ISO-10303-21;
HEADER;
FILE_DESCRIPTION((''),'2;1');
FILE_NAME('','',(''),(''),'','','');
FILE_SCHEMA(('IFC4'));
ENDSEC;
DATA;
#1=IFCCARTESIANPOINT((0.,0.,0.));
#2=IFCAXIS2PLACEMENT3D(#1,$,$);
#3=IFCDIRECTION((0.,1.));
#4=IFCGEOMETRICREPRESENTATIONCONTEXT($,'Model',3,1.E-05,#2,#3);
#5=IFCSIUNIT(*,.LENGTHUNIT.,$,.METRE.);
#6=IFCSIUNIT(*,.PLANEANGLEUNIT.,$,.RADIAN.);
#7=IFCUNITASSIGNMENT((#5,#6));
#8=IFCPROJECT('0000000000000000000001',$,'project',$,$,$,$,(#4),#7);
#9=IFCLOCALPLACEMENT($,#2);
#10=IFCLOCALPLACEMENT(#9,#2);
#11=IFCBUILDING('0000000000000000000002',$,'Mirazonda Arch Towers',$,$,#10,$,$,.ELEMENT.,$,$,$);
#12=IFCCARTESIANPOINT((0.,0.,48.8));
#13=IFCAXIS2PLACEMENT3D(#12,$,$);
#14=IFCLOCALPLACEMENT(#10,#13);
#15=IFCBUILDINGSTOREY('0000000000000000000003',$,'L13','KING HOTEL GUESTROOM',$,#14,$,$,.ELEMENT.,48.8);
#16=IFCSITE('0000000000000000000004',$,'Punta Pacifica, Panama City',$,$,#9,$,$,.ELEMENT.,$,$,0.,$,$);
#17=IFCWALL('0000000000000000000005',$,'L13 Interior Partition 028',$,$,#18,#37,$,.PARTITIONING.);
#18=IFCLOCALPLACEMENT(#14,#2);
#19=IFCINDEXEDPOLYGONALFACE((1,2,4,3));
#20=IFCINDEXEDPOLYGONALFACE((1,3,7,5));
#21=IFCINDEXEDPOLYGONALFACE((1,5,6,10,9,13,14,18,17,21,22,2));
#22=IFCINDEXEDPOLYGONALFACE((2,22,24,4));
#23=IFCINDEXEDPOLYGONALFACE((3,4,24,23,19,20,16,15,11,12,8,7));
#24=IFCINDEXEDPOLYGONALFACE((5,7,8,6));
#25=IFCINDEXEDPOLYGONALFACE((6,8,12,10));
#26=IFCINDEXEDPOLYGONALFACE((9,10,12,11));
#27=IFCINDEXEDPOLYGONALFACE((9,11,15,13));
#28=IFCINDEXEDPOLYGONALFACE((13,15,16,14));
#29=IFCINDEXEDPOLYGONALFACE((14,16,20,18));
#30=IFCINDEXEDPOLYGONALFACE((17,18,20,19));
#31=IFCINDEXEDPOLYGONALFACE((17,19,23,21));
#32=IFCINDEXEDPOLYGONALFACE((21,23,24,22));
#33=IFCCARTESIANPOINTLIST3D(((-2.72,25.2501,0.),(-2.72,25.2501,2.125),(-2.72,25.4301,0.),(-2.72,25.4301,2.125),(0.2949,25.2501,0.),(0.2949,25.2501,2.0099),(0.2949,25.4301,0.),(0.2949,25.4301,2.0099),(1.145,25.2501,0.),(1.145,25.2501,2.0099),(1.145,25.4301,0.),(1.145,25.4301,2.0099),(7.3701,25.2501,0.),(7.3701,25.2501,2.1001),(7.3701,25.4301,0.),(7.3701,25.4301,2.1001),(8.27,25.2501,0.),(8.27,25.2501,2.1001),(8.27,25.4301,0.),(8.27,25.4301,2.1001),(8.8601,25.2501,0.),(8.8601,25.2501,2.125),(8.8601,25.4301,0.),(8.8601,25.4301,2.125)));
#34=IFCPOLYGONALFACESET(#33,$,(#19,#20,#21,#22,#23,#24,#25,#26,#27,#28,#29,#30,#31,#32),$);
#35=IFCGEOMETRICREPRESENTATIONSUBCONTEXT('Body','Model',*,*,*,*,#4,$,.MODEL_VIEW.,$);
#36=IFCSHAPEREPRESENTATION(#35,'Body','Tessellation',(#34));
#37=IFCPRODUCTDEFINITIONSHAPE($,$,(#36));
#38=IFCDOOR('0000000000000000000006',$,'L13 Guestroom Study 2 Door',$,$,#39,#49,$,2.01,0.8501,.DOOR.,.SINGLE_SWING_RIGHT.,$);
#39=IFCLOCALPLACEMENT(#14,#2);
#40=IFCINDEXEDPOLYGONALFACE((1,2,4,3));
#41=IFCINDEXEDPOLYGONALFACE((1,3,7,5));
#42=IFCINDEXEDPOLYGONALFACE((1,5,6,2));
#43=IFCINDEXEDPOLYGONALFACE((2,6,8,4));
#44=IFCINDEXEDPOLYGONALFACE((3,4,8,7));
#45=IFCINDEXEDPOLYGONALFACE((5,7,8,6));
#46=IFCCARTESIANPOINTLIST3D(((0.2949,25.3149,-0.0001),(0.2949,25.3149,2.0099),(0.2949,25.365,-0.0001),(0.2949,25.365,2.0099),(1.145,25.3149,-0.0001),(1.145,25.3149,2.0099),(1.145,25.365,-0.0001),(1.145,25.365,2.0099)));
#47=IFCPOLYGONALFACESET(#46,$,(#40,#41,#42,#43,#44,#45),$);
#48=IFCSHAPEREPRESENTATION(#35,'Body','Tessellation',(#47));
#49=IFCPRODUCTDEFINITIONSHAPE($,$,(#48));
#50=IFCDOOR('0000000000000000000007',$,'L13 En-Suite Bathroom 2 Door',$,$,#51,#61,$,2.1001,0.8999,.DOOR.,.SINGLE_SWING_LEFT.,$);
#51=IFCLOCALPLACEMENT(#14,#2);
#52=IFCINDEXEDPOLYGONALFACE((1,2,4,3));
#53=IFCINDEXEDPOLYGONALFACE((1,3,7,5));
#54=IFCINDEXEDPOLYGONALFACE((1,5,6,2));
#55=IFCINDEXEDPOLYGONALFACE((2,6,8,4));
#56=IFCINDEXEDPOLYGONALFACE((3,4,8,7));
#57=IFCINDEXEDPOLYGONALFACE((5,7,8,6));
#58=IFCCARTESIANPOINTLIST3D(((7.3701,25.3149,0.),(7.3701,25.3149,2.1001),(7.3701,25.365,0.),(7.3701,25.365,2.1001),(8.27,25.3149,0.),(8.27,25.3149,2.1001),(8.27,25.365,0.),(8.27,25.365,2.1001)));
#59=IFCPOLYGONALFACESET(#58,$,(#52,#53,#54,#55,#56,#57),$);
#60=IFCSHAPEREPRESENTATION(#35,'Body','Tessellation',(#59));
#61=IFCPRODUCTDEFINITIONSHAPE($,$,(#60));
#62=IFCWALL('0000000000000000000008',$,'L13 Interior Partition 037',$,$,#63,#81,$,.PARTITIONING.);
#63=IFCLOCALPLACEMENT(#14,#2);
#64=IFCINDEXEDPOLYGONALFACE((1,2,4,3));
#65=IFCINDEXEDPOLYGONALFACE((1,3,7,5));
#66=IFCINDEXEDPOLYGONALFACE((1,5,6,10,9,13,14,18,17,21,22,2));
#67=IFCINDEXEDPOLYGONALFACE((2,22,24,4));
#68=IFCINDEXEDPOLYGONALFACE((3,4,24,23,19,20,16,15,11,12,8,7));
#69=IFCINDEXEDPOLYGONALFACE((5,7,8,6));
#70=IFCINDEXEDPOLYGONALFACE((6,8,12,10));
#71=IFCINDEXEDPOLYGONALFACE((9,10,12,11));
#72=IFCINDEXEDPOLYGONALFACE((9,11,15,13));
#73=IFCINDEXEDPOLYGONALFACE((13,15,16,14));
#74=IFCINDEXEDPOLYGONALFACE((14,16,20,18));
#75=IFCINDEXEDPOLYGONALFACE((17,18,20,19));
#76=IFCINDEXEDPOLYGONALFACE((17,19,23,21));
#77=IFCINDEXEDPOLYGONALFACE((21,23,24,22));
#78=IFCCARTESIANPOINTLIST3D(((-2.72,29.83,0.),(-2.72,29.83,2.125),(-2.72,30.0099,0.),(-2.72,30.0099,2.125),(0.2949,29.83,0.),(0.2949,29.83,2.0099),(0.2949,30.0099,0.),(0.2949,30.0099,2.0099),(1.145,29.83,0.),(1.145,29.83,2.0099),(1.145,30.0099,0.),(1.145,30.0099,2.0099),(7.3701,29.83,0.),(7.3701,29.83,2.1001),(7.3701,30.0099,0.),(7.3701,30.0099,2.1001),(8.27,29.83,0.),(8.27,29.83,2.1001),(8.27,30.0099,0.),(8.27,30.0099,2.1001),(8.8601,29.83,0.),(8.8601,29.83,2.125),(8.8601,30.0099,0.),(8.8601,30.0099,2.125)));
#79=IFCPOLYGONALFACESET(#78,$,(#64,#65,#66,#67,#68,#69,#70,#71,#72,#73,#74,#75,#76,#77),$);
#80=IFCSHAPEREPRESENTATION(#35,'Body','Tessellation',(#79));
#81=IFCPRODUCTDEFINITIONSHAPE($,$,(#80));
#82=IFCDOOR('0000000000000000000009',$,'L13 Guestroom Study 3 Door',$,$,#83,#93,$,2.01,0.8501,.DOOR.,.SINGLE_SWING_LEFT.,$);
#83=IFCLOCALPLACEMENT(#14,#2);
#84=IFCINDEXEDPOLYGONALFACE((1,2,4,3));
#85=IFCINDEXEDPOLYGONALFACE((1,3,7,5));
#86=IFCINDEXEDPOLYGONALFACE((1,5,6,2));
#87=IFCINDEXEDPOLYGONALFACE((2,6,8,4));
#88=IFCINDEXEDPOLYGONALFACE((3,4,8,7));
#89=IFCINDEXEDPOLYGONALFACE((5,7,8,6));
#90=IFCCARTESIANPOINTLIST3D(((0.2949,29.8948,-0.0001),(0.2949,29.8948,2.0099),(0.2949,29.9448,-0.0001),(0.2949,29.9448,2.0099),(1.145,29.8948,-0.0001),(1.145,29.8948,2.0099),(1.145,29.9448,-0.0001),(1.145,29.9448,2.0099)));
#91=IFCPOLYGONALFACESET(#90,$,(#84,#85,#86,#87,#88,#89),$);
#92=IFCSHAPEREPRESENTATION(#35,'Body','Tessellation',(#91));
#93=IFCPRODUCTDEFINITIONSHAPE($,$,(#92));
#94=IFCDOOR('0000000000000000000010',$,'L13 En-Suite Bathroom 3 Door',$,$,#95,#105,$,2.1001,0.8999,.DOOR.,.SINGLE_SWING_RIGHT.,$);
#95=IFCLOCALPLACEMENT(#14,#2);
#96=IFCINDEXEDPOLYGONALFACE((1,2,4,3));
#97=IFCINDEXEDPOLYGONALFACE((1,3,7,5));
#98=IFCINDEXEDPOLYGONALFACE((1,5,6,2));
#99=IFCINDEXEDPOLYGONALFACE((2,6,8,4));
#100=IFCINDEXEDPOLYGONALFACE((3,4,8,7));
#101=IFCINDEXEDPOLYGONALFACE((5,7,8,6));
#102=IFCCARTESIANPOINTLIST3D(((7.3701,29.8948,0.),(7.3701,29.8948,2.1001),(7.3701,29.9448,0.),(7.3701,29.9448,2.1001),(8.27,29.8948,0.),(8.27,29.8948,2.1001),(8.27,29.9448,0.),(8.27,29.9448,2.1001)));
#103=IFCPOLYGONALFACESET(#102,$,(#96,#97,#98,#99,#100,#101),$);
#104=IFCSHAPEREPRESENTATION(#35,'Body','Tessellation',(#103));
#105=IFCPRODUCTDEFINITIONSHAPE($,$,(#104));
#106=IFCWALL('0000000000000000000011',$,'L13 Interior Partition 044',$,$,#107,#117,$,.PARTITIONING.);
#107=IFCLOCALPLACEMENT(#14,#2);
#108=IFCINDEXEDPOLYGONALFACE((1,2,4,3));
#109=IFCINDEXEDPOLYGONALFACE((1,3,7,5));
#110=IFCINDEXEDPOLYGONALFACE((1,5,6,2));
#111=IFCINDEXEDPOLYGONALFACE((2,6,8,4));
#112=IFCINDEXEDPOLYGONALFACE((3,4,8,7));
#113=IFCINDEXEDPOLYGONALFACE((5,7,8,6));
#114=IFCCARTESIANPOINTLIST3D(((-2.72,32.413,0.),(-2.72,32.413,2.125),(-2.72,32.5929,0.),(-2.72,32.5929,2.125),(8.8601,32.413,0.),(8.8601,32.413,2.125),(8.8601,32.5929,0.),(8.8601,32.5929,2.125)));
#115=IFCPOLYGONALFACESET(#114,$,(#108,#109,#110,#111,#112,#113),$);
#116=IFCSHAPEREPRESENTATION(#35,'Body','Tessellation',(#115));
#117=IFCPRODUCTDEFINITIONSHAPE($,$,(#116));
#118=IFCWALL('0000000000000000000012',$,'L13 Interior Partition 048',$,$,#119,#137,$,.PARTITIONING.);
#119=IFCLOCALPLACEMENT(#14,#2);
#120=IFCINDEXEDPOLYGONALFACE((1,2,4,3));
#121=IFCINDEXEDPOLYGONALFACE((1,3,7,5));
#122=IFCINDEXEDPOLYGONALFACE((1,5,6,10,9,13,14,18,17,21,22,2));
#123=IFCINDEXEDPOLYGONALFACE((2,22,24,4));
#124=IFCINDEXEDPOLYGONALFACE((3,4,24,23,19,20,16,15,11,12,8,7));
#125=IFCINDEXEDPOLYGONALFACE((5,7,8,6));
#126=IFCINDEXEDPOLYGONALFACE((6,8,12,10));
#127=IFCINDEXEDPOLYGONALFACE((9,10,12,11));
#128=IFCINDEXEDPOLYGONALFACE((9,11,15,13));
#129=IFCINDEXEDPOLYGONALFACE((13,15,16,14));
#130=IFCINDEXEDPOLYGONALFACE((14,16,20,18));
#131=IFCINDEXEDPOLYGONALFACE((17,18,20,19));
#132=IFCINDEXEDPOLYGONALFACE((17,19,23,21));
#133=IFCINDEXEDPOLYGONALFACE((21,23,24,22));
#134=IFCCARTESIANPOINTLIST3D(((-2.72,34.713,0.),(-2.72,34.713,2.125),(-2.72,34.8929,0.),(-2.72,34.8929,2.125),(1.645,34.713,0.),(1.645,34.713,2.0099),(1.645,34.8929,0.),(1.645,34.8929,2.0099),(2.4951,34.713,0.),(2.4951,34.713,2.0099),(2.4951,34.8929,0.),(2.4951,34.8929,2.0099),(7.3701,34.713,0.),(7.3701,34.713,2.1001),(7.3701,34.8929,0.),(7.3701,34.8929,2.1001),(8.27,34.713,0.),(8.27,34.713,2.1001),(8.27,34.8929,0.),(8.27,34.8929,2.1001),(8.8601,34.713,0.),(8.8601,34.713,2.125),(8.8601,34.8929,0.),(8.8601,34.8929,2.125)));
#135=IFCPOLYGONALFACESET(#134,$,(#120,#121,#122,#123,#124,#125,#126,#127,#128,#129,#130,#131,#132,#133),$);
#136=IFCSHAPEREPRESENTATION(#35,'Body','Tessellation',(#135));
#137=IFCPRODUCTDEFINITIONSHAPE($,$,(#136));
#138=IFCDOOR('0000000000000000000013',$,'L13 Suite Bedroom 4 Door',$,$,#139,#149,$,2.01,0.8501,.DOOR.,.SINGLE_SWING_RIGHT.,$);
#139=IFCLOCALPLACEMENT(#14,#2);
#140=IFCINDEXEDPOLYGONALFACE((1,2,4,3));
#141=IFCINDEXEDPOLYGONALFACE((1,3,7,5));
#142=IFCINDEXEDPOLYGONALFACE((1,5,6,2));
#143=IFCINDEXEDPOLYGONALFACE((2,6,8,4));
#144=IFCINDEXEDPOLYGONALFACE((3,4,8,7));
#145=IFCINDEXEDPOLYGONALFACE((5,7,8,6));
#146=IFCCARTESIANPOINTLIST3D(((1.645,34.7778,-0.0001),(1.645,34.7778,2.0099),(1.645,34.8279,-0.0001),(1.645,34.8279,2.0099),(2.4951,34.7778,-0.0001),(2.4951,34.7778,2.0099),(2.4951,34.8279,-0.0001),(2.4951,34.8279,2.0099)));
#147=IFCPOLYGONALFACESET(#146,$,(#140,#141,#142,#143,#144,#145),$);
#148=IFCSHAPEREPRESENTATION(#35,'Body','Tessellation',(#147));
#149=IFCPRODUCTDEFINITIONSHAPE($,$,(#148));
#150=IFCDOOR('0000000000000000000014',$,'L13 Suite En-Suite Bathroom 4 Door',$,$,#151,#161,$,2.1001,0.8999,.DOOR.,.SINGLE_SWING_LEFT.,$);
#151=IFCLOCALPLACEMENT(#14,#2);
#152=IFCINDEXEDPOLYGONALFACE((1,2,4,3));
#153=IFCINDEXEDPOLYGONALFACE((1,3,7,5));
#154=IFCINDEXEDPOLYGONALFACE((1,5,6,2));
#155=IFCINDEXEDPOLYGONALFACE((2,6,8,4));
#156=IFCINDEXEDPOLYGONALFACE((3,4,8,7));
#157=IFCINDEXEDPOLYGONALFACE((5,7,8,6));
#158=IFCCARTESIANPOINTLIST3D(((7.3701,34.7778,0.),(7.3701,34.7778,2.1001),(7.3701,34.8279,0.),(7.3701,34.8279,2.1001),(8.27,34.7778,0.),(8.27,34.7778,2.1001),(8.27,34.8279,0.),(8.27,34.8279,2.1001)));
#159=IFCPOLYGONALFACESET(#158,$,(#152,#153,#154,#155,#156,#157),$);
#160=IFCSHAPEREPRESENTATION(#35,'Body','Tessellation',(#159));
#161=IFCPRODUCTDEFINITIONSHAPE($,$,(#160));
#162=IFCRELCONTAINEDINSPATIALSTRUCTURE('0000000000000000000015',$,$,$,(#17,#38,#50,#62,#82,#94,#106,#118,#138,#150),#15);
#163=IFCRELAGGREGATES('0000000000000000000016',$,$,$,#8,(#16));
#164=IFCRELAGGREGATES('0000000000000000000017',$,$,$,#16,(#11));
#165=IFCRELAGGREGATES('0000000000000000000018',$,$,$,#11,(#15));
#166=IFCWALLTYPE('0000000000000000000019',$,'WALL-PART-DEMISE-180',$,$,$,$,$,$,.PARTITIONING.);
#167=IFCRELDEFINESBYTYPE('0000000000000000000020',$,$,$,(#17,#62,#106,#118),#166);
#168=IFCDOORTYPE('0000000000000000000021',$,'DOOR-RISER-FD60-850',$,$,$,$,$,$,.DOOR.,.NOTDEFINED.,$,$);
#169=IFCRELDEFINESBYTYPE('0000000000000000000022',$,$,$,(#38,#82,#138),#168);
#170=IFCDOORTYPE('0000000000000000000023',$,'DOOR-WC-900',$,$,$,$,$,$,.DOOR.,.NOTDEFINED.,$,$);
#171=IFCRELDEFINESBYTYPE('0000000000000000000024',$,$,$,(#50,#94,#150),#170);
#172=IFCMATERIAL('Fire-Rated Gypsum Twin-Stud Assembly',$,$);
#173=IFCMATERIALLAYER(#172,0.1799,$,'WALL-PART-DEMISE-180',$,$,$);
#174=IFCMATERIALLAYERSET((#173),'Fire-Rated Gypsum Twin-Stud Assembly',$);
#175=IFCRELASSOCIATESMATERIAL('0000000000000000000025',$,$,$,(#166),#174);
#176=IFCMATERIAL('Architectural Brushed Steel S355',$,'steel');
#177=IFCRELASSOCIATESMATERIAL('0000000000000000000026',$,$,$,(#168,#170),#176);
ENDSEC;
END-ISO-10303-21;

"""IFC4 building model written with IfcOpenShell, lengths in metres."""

from ifc_helpers import new_model, si_unit, direction, frame, frame_2d, origin, place, context, subcontext, project, spatial, rectangle, extrude, material, layer, layer_set, type_object, element, fill, save


model = new_model("IFC4")

# Units and contexts
model_context = context("Model", 3, precision=1e-05, world=origin(), true_north=direction((0.0, 1.0)))
body_context = subcontext(model_context, "Body", "Model", "MODEL_VIEW")
ifc_project = project(units=[si_unit("LENGTHUNIT", "METRE"), si_unit("PLANEANGLEUNIT", "RADIAN")], contexts=[model_context])

# Site, building, storey
site_placement = place(None, origin())
site = spatial("IfcSite", under=ifc_project, at=site_placement, Name="Punta Pacifica, Panama City", CompositionType="ELEMENT", RefElevation=0.0)
building_placement = place(site_placement, origin())
building = spatial("IfcBuilding", under=site, at=building_placement, Name="Mirazonda Arch Towers", CompositionType="ELEMENT")
storey_placement = place(building_placement, frame((0.0, 0.0, 48.8)))
storey = spatial("IfcBuildingStorey", under=building, at=storey_placement, Name="L13", Description="KING HOTEL GUESTROOM", CompositionType="ELEMENT", Elevation=48.8)

# Walls, openings, doors
ifc_material_1 = material(Name="Fire-Rated Gypsum Twin-Stud Assembly")
ifc_layer_1 = layer(ifc_material_1, 0.1799, Name="WALL-PART-DEMISE-180")
ifc_layer_set_1 = layer_set([ifc_layer_1], Name="Fire-Rated Gypsum Twin-Stud Assembly")
wall_type_1 = type_object("IfcWallType", Name="WALL-PART-DEMISE-180", PredefinedType="PARTITIONING", material=ifc_layer_set_1)
wall_1_placement = place(storey_placement, frame((-2.72, 25.3401, 0.0), z_axis=(0.0, 0.0, 1.0), x_axis=(1.0, 0.0, 0.0)))
wall_1 = element("IfcWall", 1, at=wall_1_placement, inside=storey, type_object=wall_type_1, Name="L13 Interior Partition 028", PredefinedType="PARTITIONING", context=body_context, shape_type="SweptSolid", body=[
    extrude(rectangle(XDim=11.5801, YDim=0.1799, at=frame_2d((5.79, 0.0))), origin(), (0.0, 0.0, 1.0), 2.125),
])
opening_1_placement = place(wall_1_placement, frame((3.0149, 0.0, 0.0)))
opening_1 = element("IfcOpeningElement", 2, at=opening_1_placement, cuts=wall_1, PredefinedType="OPENING", context=body_context, shape_type="SweptSolid", body=[
    extrude(rectangle(XDim=0.8501, YDim=2.01, at=frame_2d((0.425, 1.0049))), frame((0.0, 0.0999, 0.0), z_axis=(0.0, -1.0, 0.0), x_axis=(1.0, 0.0, 0.0)), (0.0, 0.0, 1.0), 0.2),
])
opening_2_placement = place(wall_1_placement, frame((10.0901, 0.0, 0.0)))
opening_2 = element("IfcOpeningElement", 3, at=opening_2_placement, cuts=wall_1, PredefinedType="OPENING", context=body_context, shape_type="SweptSolid", body=[
    extrude(rectangle(XDim=0.8999, YDim=2.1001, at=frame_2d((0.45, 1.05))), frame((0.0, 0.0999, 0.0), z_axis=(0.0, -1.0, 0.0), x_axis=(1.0, 0.0, 0.0)), (0.0, 0.0, 1.0), 0.2),
])
ifc_material_2 = material(Name="Architectural Brushed Steel S355", Category="steel")
door_type_1 = type_object("IfcDoorType", Name="DOOR-RISER-FD60-850", OperationType="NOTDEFINED", PredefinedType="DOOR", material=ifc_material_2)
door_1_placement = place(opening_1_placement, origin())
door_1 = element("IfcDoor", 4, at=door_1_placement, inside=storey, type_object=door_type_1, Name="L13 Guestroom Study 2 Door", OperationType="SINGLE_SWING_RIGHT", OverallHeight=2.01, OverallWidth=0.8501, PredefinedType="DOOR", context=body_context, shape_type="SweptSolid", body=[
    extrude(rectangle(XDim=0.8501, YDim=2.01, at=frame_2d((0.425, 1.0049))), frame((0.0, 0.0249, 0.0), z_axis=(0.0, -1.0, 0.0), x_axis=(1.0, 0.0, 0.0)), (0.0, 0.0, 1.0), 0.05),
])
fill(opening_1, door_1)
door_type_2 = type_object("IfcDoorType", Name="DOOR-WC-900", OperationType="NOTDEFINED", PredefinedType="DOOR", material=ifc_material_2)
door_2_placement = place(opening_2_placement, origin())
door_2 = element("IfcDoor", 5, at=door_2_placement, inside=storey, type_object=door_type_2, Name="L13 En-Suite Bathroom 2 Door", OperationType="SINGLE_SWING_LEFT", OverallHeight=2.1001, OverallWidth=0.8999, PredefinedType="DOOR", context=body_context, shape_type="SweptSolid", body=[
    extrude(rectangle(XDim=0.8999, YDim=2.1001, at=frame_2d((0.45, 1.05))), frame((0.0, 0.0249, 0.0), z_axis=(0.0, -1.0, 0.0), x_axis=(1.0, 0.0, 0.0)), (0.0, 0.0, 1.0), 0.05),
])
fill(opening_2, door_2)
wall_2_placement = place(storey_placement, frame((-2.72, 29.9199, 0.0), z_axis=(0.0, 0.0, 1.0), x_axis=(1.0, 0.0, 0.0)))
wall_2 = element("IfcWall", 6, at=wall_2_placement, inside=storey, type_object=wall_type_1, Name="L13 Interior Partition 037", PredefinedType="PARTITIONING", context=body_context, shape_type="SweptSolid", body=[
    extrude(rectangle(XDim=11.5801, YDim=0.1799, at=frame_2d((5.79, 0.0))), origin(), (0.0, 0.0, 1.0), 2.125),
])
opening_3_placement = place(wall_2_placement, frame((3.0149, 0.0, 0.0)))
opening_3 = element("IfcOpeningElement", 7, at=opening_3_placement, cuts=wall_2, PredefinedType="OPENING", context=body_context, shape_type="SweptSolid", body=[
    extrude(rectangle(XDim=0.8501, YDim=2.01, at=frame_2d((0.425, 1.0049))), frame((0.0, 0.0999, 0.0), z_axis=(0.0, -1.0, 0.0), x_axis=(1.0, 0.0, 0.0)), (0.0, 0.0, 1.0), 0.2),
])
opening_4_placement = place(wall_2_placement, frame((10.0901, 0.0, 0.0)))
opening_4 = element("IfcOpeningElement", 8, at=opening_4_placement, cuts=wall_2, PredefinedType="OPENING", context=body_context, shape_type="SweptSolid", body=[
    extrude(rectangle(XDim=0.8999, YDim=2.1001, at=frame_2d((0.45, 1.05))), frame((0.0, 0.0999, 0.0), z_axis=(0.0, -1.0, 0.0), x_axis=(1.0, 0.0, 0.0)), (0.0, 0.0, 1.0), 0.2),
])
door_3_placement = place(opening_3_placement, origin())
door_3 = element("IfcDoor", 9, at=door_3_placement, inside=storey, type_object=door_type_1, Name="L13 Guestroom Study 3 Door", OperationType="SINGLE_SWING_LEFT", OverallHeight=2.01, OverallWidth=0.8501, PredefinedType="DOOR", context=body_context, shape_type="SweptSolid", body=[
    extrude(rectangle(XDim=0.8501, YDim=2.01, at=frame_2d((0.425, 1.0049))), frame((0.0, 0.0249, 0.0), z_axis=(0.0, -1.0, 0.0), x_axis=(1.0, 0.0, 0.0)), (0.0, 0.0, 1.0), 0.05),
])
fill(opening_3, door_3)
door_4_placement = place(opening_4_placement, origin())
door_4 = element("IfcDoor", 10, at=door_4_placement, inside=storey, type_object=door_type_2, Name="L13 En-Suite Bathroom 3 Door", OperationType="SINGLE_SWING_RIGHT", OverallHeight=2.1001, OverallWidth=0.8999, PredefinedType="DOOR", context=body_context, shape_type="SweptSolid", body=[
    extrude(rectangle(XDim=0.8999, YDim=2.1001, at=frame_2d((0.45, 1.05))), frame((0.0, 0.0249, 0.0), z_axis=(0.0, -1.0, 0.0), x_axis=(1.0, 0.0, 0.0)), (0.0, 0.0, 1.0), 0.05),
])
fill(opening_4, door_4)

# Wall
wall_3_placement = place(storey_placement, frame((-2.72, 32.5029, 0.0), z_axis=(0.0, 0.0, 1.0), x_axis=(1.0, 0.0, 0.0)))
element("IfcWall", 11, at=wall_3_placement, inside=storey, type_object=wall_type_1, Name="L13 Interior Partition 044", PredefinedType="PARTITIONING", context=body_context, shape_type="SweptSolid", body=[
    extrude(rectangle(XDim=11.5801, YDim=0.1799, at=frame_2d((5.79, 0.0))), origin(), (0.0, 0.0, 1.0), 2.125),
])

# Wall, openings, doors
wall_4_placement = place(storey_placement, frame((-2.72, 34.803, 0.0), z_axis=(0.0, 0.0, 1.0), x_axis=(1.0, 0.0, 0.0)))
wall_4 = element("IfcWall", 12, at=wall_4_placement, inside=storey, type_object=wall_type_1, Name="L13 Interior Partition 048", PredefinedType="PARTITIONING", context=body_context, shape_type="SweptSolid", body=[
    extrude(rectangle(XDim=11.5801, YDim=0.1799, at=frame_2d((5.79, 0.0))), origin(), (0.0, 0.0, 1.0), 2.125),
])
opening_5_placement = place(wall_4_placement, frame((4.365, 0.0, 0.0)))
opening_5 = element("IfcOpeningElement", 13, at=opening_5_placement, cuts=wall_4, PredefinedType="OPENING", context=body_context, shape_type="SweptSolid", body=[
    extrude(rectangle(XDim=0.8501, YDim=2.01, at=frame_2d((0.425, 1.0049))), frame((0.0, 0.0999, 0.0), z_axis=(0.0, -1.0, 0.0), x_axis=(1.0, 0.0, 0.0)), (0.0, 0.0, 1.0), 0.2),
])
opening_6_placement = place(wall_4_placement, frame((10.0901, 0.0, 0.0)))
opening_6 = element("IfcOpeningElement", 14, at=opening_6_placement, cuts=wall_4, PredefinedType="OPENING", context=body_context, shape_type="SweptSolid", body=[
    extrude(rectangle(XDim=0.8999, YDim=2.1001, at=frame_2d((0.45, 1.05))), frame((0.0, 0.0999, 0.0), z_axis=(0.0, -1.0, 0.0), x_axis=(1.0, 0.0, 0.0)), (0.0, 0.0, 1.0), 0.2),
])
door_5_placement = place(opening_5_placement, origin())
door_5 = element("IfcDoor", 15, at=door_5_placement, inside=storey, type_object=door_type_1, Name="L13 Suite Bedroom 4 Door", OperationType="SINGLE_SWING_RIGHT", OverallHeight=2.01, OverallWidth=0.8501, PredefinedType="DOOR", context=body_context, shape_type="SweptSolid", body=[
    extrude(rectangle(XDim=0.8501, YDim=2.01, at=frame_2d((0.425, 1.0049))), frame((0.0, 0.0249, 0.0), z_axis=(0.0, -1.0, 0.0), x_axis=(1.0, 0.0, 0.0)), (0.0, 0.0, 1.0), 0.05),
])
fill(opening_5, door_5)
door_6_placement = place(opening_6_placement, origin())
door_6 = element("IfcDoor", 16, at=door_6_placement, inside=storey, type_object=door_type_2, Name="L13 Suite En-Suite Bathroom 4 Door", OperationType="SINGLE_SWING_LEFT", OverallHeight=2.1001, OverallWidth=0.8999, PredefinedType="DOOR", context=body_context, shape_type="SweptSolid", body=[
    extrude(rectangle(XDim=0.8999, YDim=2.1001, at=frame_2d((0.45, 1.05))), frame((0.0, 0.0249, 0.0), z_axis=(0.0, -1.0, 0.0), x_axis=(1.0, 0.0, 0.0)), (0.0, 0.0, 1.0), 0.05),
])
fill(opening_6, door_6)

save(model, "model.ifc")
